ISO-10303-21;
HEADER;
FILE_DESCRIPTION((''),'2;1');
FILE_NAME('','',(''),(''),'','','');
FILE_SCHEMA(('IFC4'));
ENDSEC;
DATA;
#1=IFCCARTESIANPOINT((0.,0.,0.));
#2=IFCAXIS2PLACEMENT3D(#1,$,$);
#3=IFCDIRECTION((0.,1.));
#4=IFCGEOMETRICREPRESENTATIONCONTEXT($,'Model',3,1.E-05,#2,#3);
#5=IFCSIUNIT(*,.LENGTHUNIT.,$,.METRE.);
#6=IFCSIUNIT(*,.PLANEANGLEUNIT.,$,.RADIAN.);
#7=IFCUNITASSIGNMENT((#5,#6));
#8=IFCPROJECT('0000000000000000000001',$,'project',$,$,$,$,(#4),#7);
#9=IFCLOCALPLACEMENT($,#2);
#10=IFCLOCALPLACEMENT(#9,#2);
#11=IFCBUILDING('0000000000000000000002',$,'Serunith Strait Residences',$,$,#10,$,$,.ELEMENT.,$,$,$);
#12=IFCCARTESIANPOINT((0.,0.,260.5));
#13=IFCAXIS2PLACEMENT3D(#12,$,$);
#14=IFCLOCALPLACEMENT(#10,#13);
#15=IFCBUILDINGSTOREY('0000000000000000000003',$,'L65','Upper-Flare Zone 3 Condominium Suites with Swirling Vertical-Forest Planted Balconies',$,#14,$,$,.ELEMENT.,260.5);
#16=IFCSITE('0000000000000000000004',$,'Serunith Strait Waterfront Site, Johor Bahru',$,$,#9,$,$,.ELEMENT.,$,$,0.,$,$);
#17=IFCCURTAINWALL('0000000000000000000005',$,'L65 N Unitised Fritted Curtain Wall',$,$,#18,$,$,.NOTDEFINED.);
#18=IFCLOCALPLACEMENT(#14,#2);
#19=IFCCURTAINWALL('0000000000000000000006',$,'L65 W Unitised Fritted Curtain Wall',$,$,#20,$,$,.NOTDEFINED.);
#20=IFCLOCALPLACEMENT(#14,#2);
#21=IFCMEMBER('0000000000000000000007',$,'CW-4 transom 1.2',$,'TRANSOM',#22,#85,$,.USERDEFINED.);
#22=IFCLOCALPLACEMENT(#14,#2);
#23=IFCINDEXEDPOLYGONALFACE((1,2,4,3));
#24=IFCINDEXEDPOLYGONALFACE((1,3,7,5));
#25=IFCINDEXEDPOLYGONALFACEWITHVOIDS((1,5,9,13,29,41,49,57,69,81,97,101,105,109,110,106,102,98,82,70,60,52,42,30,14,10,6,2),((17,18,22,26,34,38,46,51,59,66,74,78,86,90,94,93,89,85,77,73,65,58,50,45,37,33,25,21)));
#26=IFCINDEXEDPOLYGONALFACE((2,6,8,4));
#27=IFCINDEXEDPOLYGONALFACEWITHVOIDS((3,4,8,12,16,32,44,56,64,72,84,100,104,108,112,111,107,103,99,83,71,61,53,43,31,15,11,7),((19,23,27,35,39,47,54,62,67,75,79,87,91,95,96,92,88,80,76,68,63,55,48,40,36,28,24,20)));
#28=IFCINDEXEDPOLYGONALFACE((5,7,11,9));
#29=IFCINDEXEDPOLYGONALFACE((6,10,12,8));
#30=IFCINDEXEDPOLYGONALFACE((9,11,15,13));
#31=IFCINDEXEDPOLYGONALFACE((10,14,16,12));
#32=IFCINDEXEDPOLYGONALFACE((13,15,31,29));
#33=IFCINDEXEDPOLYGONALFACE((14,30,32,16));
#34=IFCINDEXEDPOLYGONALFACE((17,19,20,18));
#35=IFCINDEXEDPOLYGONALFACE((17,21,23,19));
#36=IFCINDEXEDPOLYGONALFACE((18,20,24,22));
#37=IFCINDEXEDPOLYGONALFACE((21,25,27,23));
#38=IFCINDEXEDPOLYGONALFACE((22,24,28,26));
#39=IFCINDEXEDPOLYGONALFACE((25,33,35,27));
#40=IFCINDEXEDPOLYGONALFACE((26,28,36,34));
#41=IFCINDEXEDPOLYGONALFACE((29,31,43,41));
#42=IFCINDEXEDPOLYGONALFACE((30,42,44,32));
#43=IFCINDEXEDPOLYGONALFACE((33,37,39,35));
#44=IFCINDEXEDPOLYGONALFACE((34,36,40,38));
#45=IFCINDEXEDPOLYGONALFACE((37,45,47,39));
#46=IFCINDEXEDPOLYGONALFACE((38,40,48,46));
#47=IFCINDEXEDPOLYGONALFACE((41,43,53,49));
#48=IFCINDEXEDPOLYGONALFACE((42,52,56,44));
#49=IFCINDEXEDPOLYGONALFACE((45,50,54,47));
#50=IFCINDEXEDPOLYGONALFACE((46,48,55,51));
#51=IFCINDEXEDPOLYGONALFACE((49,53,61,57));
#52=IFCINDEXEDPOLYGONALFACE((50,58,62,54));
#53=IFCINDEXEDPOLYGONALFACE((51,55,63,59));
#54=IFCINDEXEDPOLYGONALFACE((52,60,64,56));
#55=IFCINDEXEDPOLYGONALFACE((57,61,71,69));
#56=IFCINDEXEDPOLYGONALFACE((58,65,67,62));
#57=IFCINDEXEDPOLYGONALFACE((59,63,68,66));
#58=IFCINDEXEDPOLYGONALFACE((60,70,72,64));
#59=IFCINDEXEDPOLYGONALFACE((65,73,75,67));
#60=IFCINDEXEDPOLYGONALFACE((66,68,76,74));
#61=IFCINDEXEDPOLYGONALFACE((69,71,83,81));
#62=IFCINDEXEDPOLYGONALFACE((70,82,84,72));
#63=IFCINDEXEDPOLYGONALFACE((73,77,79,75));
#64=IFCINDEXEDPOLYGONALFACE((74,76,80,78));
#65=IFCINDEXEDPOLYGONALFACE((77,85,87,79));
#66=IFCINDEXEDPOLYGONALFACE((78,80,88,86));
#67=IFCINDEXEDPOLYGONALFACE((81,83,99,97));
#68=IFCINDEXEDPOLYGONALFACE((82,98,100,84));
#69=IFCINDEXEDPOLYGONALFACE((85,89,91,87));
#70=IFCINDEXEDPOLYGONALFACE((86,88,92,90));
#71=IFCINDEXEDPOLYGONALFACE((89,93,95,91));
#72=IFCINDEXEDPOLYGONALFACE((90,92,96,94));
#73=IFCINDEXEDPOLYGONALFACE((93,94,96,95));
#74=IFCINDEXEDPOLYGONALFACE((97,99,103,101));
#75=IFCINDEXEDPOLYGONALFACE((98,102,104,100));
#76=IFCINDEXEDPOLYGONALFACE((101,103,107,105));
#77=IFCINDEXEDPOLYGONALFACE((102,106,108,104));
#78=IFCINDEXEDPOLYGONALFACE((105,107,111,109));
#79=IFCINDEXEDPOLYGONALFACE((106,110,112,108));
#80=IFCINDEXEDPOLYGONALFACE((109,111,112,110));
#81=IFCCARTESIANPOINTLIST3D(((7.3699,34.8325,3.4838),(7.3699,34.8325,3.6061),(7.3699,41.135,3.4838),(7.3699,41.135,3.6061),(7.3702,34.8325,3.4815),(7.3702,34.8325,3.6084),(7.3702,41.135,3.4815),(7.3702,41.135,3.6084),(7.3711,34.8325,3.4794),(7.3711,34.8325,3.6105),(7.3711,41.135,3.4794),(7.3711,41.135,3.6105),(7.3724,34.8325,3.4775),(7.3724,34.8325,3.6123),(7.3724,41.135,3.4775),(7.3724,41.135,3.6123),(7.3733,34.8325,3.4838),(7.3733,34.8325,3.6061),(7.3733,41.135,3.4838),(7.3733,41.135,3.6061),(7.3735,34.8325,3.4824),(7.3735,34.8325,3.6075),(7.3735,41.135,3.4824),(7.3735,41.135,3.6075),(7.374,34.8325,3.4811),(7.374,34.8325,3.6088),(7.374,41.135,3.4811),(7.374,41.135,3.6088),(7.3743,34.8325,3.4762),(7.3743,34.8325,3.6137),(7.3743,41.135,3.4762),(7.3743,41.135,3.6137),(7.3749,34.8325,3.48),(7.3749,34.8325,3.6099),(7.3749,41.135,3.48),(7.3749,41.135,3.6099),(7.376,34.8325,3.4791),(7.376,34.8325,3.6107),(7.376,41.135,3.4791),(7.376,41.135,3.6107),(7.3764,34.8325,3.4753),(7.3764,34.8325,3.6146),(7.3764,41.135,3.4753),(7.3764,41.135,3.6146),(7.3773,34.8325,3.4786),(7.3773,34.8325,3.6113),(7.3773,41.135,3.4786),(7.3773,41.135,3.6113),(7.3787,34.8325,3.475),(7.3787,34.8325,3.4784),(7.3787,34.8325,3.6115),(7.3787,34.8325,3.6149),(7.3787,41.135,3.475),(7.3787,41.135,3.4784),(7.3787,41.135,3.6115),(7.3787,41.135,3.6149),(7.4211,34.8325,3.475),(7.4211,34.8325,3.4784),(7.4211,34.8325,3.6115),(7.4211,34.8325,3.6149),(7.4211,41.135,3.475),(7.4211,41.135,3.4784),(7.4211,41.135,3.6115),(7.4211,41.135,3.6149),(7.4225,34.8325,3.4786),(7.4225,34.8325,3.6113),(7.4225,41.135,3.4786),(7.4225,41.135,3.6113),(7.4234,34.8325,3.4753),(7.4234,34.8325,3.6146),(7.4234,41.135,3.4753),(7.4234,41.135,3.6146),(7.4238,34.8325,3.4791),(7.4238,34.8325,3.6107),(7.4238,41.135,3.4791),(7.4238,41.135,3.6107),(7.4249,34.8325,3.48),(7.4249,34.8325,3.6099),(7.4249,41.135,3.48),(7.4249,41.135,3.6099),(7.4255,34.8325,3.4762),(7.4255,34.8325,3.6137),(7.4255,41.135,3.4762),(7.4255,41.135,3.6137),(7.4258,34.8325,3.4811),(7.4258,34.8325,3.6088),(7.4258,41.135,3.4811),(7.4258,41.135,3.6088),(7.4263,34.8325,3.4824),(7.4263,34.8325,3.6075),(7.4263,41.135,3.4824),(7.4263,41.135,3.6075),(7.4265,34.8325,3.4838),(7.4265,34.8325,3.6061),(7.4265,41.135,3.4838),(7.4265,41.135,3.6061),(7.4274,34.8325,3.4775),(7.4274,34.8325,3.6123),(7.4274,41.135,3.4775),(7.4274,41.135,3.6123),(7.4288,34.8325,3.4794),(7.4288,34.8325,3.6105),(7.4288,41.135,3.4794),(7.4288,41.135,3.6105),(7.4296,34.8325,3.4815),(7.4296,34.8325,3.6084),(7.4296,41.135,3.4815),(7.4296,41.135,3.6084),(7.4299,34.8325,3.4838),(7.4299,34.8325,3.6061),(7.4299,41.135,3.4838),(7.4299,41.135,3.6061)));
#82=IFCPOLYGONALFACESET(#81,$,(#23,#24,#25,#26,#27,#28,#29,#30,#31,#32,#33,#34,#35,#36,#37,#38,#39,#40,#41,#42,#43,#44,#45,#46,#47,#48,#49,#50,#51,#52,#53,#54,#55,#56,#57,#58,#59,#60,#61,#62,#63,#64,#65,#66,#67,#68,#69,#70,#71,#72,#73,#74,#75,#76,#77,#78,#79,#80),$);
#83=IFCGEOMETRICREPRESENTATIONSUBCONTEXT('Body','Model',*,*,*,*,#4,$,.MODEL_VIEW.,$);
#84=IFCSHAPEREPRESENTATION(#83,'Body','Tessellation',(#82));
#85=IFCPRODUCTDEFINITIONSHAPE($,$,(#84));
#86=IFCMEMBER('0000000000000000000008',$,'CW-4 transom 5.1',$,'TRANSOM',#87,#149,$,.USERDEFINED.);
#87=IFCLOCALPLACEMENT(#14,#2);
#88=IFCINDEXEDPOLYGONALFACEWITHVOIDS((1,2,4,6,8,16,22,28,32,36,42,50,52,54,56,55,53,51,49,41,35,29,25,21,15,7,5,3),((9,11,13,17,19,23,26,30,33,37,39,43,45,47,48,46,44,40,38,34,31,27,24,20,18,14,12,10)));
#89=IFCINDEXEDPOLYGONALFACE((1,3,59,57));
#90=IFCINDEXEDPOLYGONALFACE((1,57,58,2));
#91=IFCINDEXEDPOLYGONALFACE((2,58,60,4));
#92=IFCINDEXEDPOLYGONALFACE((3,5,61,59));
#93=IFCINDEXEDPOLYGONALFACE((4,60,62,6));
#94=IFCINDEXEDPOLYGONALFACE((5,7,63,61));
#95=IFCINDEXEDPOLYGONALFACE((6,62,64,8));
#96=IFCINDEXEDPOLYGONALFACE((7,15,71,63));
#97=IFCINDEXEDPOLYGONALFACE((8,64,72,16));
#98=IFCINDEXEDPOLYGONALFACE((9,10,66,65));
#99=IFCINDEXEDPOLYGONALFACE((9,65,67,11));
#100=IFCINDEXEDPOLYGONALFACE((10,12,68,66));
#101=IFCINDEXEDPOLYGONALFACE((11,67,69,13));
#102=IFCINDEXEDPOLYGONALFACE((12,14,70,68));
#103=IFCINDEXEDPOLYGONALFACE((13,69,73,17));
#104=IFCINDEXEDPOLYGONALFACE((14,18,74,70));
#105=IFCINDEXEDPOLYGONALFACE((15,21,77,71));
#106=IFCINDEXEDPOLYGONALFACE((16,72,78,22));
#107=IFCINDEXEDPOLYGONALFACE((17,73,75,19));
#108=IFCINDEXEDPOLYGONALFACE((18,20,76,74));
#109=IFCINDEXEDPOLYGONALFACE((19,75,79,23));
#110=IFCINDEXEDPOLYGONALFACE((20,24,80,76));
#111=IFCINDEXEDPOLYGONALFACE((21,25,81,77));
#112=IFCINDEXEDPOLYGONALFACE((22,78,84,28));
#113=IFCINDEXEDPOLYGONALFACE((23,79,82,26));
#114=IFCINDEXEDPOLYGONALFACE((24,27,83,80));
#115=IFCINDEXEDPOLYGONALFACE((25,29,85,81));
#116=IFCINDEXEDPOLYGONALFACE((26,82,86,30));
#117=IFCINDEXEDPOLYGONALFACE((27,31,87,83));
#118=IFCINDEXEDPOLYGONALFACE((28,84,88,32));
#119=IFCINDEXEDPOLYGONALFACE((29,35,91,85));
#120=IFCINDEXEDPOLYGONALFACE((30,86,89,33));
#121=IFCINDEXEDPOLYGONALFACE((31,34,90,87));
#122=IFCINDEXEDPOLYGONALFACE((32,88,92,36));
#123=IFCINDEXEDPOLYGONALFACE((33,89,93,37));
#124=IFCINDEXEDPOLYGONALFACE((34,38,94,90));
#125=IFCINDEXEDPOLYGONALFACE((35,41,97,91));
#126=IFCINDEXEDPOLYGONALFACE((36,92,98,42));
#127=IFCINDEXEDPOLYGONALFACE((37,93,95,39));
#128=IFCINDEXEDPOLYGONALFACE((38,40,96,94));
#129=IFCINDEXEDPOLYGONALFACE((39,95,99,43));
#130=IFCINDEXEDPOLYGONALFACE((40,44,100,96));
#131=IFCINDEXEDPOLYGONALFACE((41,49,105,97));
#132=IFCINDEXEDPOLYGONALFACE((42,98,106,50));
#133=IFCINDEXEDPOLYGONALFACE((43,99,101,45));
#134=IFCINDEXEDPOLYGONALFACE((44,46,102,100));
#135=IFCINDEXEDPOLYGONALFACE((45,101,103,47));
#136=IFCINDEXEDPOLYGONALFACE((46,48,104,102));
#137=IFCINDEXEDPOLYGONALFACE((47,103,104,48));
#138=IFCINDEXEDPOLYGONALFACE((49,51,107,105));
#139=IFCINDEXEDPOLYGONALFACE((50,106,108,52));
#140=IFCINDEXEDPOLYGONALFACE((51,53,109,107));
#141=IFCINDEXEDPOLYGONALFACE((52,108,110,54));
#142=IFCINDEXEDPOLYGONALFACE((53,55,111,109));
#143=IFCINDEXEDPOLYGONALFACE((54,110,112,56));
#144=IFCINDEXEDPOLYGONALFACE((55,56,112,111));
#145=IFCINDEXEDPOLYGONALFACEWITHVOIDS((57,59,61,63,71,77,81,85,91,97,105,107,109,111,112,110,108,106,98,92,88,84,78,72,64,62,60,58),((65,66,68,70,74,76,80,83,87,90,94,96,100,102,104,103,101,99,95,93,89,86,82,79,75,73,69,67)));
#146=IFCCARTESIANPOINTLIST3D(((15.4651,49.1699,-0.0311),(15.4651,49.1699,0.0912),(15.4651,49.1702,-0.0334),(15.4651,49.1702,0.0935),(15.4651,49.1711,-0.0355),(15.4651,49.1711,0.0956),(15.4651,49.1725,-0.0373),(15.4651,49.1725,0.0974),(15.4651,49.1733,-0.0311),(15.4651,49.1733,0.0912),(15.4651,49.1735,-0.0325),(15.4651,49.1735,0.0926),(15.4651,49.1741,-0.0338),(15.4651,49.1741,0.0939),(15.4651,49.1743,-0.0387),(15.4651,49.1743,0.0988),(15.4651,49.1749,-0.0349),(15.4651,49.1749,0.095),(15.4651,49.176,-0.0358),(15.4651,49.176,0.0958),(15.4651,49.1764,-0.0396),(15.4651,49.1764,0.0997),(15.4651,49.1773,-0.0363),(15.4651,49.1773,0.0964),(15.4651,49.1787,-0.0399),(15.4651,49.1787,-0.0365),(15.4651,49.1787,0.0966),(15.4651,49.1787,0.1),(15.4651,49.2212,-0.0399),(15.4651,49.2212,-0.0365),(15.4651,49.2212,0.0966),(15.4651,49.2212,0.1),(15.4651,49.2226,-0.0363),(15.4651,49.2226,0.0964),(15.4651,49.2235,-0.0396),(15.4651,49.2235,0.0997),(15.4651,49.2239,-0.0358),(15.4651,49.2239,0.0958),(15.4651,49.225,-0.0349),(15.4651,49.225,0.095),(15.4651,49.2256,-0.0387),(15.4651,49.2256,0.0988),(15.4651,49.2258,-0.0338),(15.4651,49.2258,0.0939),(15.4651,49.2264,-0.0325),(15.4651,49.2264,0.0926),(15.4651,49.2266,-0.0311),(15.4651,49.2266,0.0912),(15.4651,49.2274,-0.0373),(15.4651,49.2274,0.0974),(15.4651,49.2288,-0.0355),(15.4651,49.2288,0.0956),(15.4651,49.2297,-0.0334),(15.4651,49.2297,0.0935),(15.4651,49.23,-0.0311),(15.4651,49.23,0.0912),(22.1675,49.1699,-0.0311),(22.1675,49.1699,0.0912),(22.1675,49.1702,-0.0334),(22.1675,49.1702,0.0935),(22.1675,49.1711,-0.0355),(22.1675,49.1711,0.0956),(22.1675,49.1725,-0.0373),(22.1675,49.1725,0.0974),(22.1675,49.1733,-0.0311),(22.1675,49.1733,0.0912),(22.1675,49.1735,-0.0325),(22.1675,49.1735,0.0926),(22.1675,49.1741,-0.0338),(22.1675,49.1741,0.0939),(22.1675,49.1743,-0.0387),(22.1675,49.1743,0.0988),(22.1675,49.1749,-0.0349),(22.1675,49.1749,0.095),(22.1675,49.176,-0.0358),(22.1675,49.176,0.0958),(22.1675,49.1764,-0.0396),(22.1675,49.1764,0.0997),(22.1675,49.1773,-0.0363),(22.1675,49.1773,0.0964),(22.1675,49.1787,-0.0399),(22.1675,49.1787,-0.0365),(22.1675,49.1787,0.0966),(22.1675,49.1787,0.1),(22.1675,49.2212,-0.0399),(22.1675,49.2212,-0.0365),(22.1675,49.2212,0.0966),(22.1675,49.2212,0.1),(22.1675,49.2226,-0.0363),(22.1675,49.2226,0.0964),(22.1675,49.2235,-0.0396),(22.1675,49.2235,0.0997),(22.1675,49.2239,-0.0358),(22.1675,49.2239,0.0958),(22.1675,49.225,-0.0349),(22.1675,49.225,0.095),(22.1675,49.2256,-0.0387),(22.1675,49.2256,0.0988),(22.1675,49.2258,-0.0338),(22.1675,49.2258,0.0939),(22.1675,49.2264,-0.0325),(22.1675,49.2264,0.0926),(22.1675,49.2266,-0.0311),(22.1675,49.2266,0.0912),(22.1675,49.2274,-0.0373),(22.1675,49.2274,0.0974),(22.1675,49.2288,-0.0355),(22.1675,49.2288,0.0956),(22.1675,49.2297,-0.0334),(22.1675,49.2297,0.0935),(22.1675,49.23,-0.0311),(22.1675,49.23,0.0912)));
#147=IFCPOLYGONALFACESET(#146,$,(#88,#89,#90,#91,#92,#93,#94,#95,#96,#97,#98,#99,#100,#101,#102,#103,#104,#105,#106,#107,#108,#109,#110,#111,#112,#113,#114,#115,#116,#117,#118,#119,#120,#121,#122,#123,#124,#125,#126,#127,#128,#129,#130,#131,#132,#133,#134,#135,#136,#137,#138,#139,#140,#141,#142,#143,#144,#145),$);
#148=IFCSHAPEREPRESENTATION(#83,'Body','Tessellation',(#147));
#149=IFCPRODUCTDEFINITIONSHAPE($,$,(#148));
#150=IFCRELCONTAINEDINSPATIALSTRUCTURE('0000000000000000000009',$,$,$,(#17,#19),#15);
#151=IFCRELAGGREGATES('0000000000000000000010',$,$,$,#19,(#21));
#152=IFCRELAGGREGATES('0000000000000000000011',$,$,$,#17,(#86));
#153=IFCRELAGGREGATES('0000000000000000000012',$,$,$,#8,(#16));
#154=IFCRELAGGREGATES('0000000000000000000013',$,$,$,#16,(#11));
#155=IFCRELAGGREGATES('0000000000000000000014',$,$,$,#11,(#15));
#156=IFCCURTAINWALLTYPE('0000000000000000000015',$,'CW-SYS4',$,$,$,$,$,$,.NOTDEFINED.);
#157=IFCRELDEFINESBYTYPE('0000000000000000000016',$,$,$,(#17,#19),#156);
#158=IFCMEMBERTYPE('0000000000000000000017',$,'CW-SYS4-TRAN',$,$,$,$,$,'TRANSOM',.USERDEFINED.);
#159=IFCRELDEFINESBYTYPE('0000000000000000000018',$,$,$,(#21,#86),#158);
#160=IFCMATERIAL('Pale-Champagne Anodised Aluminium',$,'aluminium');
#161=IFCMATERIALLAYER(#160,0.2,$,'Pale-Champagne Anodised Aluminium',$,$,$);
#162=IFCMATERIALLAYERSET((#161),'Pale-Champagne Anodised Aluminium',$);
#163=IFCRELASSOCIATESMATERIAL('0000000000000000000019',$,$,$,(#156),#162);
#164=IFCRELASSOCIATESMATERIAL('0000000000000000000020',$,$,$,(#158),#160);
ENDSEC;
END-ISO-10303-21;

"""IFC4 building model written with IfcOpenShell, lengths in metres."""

from ifc_helpers import new_model, si_unit, direction, frame, origin, origin_2d, place, context, subcontext, project, spatial, hollow_rectangle, extrude, source, transform, mapped, material, layer, layer_set, material_profile, profile_set, type_object, element, aggregate, save


model = new_model("IFC4")

# Units and contexts
model_context = context("Model", 3, precision=1e-05, world=origin(), true_north=direction((0.0, 1.0)))
body_context = subcontext(model_context, "Body", "Model", "MODEL_VIEW")
ifc_project = project(units=[si_unit("LENGTHUNIT", "METRE"), si_unit("PLANEANGLEUNIT", "RADIAN")], contexts=[model_context])

# Site, building, storey
site_placement = place(None, origin())
site = spatial("IfcSite", under=ifc_project, at=site_placement, Name="Serunith Strait Waterfront Site, Johor Bahru", CompositionType="ELEMENT", RefElevation=0.0)
building_placement = place(site_placement, origin())
building = spatial("IfcBuilding", under=site, at=building_placement, Name="Serunith Strait Residences", CompositionType="ELEMENT")
storey_placement = place(building_placement, frame((0.0, 0.0, 260.5)))
storey = spatial("IfcBuildingStorey", under=building, at=storey_placement, Name="L65", Description="Upper-Flare Zone 3 Condominium Suites with Swirling Vertical-Forest Planted Balconies", CompositionType="ELEMENT", Elevation=260.5)

# Curtain walls, member
ifc_material_1 = material(Name="Pale-Champagne Anodised Aluminium", Category="aluminium")
ifc_layer_1 = layer(ifc_material_1, 0.2, Name="Pale-Champagne Anodised Aluminium")
ifc_layer_set_1 = layer_set([ifc_layer_1], Name="Pale-Champagne Anodised Aluminium")
curtain_wall_type = type_object("IfcCurtainWallType", Name="CW-SYS4", PredefinedType="NOTDEFINED", material=ifc_layer_set_1)
curtain_wall_1_placement = place(storey_placement, origin())
curtain_wall_1 = element("IfcCurtainWall", 1, at=curtain_wall_1_placement, inside=storey, type_object=curtain_wall_type, Name="L65 N Unitised Fritted Curtain Wall", PredefinedType="NOTDEFINED")
curtain_wall_2_placement = place(storey_placement, origin())
curtain_wall_2 = element("IfcCurtainWall", 2, at=curtain_wall_2_placement, inside=storey, type_object=curtain_wall_type, Name="L65 W Unitised Fritted Curtain Wall", PredefinedType="NOTDEFINED")
ifc_material_profile_1 = material_profile(ifc_material_1, hollow_rectangle(XDim=0.0601, YDim=0.1399, WallThickness=0.0034, InnerFilletRadius=0.0054, OuterFilletRadius=0.0088, at=origin_2d()), Name="ALU 140x60x3.5")
ifc_profile_set_1 = profile_set([ifc_material_profile_1], Name="Pale-Champagne Anodised Aluminium")
member_type_1 = type_object("IfcMemberType", Name="CW-SYS4-TRAN", ElementType="TRANSOM", PredefinedType="USERDEFINED", material=ifc_profile_set_1)
shared_shape_1 = source(origin(), body_context, "Body", "SweptSolid", [
    extrude(hollow_rectangle(XDim=0.0601, YDim=0.1399, WallThickness=0.0034, InnerFilletRadius=0.0054, OuterFilletRadius=0.0088, at=origin_2d()), origin(), (0.0, 0.0, 1.0), 6.3025),
])
member_1_placement = place(storey_placement, frame((7.3999, 41.135, 3.5449), z_axis=(0.0, -1.0, 0.0), x_axis=(1.0, 0.0, 0.0)))
member_1 = element("IfcMember", 3, at=member_1_placement, type_object=member_type_1, Name="CW-4 transom 1.2", ObjectType="TRANSOM", PredefinedType="USERDEFINED", context=body_context, shape_type="MappedRepresentation", body=[
    mapped(shared_shape_1, transform((0.0, 0.0, 0.0), scale=1.0)),
])
aggregate(curtain_wall_2, [member_1])

# Member
shared_shape_2 = source(origin(), body_context, "Body", "SweptSolid", [
    extrude(hollow_rectangle(XDim=0.0601, YDim=0.1399, WallThickness=0.0034, InnerFilletRadius=0.0054, OuterFilletRadius=0.0088, at=origin_2d()), origin(), (0.0, 0.0, 1.0), 6.7024),
])
member_2_placement = place(storey_placement, frame((22.1675, 49.2, 0.03), z_axis=(-1.0, 0.0, 0.0), x_axis=(0.0, -1.0, 0.0)))
member_2 = element("IfcMember", 4, at=member_2_placement, type_object=member_type_1, Name="CW-4 transom 5.1", ObjectType="TRANSOM", PredefinedType="USERDEFINED", context=body_context, shape_type="MappedRepresentation", body=[
    mapped(shared_shape_2, transform((0.0, 0.0, 0.0), scale=1.0)),
])

aggregate(curtain_wall_1, [member_2])

save(model, "model.ifc")
